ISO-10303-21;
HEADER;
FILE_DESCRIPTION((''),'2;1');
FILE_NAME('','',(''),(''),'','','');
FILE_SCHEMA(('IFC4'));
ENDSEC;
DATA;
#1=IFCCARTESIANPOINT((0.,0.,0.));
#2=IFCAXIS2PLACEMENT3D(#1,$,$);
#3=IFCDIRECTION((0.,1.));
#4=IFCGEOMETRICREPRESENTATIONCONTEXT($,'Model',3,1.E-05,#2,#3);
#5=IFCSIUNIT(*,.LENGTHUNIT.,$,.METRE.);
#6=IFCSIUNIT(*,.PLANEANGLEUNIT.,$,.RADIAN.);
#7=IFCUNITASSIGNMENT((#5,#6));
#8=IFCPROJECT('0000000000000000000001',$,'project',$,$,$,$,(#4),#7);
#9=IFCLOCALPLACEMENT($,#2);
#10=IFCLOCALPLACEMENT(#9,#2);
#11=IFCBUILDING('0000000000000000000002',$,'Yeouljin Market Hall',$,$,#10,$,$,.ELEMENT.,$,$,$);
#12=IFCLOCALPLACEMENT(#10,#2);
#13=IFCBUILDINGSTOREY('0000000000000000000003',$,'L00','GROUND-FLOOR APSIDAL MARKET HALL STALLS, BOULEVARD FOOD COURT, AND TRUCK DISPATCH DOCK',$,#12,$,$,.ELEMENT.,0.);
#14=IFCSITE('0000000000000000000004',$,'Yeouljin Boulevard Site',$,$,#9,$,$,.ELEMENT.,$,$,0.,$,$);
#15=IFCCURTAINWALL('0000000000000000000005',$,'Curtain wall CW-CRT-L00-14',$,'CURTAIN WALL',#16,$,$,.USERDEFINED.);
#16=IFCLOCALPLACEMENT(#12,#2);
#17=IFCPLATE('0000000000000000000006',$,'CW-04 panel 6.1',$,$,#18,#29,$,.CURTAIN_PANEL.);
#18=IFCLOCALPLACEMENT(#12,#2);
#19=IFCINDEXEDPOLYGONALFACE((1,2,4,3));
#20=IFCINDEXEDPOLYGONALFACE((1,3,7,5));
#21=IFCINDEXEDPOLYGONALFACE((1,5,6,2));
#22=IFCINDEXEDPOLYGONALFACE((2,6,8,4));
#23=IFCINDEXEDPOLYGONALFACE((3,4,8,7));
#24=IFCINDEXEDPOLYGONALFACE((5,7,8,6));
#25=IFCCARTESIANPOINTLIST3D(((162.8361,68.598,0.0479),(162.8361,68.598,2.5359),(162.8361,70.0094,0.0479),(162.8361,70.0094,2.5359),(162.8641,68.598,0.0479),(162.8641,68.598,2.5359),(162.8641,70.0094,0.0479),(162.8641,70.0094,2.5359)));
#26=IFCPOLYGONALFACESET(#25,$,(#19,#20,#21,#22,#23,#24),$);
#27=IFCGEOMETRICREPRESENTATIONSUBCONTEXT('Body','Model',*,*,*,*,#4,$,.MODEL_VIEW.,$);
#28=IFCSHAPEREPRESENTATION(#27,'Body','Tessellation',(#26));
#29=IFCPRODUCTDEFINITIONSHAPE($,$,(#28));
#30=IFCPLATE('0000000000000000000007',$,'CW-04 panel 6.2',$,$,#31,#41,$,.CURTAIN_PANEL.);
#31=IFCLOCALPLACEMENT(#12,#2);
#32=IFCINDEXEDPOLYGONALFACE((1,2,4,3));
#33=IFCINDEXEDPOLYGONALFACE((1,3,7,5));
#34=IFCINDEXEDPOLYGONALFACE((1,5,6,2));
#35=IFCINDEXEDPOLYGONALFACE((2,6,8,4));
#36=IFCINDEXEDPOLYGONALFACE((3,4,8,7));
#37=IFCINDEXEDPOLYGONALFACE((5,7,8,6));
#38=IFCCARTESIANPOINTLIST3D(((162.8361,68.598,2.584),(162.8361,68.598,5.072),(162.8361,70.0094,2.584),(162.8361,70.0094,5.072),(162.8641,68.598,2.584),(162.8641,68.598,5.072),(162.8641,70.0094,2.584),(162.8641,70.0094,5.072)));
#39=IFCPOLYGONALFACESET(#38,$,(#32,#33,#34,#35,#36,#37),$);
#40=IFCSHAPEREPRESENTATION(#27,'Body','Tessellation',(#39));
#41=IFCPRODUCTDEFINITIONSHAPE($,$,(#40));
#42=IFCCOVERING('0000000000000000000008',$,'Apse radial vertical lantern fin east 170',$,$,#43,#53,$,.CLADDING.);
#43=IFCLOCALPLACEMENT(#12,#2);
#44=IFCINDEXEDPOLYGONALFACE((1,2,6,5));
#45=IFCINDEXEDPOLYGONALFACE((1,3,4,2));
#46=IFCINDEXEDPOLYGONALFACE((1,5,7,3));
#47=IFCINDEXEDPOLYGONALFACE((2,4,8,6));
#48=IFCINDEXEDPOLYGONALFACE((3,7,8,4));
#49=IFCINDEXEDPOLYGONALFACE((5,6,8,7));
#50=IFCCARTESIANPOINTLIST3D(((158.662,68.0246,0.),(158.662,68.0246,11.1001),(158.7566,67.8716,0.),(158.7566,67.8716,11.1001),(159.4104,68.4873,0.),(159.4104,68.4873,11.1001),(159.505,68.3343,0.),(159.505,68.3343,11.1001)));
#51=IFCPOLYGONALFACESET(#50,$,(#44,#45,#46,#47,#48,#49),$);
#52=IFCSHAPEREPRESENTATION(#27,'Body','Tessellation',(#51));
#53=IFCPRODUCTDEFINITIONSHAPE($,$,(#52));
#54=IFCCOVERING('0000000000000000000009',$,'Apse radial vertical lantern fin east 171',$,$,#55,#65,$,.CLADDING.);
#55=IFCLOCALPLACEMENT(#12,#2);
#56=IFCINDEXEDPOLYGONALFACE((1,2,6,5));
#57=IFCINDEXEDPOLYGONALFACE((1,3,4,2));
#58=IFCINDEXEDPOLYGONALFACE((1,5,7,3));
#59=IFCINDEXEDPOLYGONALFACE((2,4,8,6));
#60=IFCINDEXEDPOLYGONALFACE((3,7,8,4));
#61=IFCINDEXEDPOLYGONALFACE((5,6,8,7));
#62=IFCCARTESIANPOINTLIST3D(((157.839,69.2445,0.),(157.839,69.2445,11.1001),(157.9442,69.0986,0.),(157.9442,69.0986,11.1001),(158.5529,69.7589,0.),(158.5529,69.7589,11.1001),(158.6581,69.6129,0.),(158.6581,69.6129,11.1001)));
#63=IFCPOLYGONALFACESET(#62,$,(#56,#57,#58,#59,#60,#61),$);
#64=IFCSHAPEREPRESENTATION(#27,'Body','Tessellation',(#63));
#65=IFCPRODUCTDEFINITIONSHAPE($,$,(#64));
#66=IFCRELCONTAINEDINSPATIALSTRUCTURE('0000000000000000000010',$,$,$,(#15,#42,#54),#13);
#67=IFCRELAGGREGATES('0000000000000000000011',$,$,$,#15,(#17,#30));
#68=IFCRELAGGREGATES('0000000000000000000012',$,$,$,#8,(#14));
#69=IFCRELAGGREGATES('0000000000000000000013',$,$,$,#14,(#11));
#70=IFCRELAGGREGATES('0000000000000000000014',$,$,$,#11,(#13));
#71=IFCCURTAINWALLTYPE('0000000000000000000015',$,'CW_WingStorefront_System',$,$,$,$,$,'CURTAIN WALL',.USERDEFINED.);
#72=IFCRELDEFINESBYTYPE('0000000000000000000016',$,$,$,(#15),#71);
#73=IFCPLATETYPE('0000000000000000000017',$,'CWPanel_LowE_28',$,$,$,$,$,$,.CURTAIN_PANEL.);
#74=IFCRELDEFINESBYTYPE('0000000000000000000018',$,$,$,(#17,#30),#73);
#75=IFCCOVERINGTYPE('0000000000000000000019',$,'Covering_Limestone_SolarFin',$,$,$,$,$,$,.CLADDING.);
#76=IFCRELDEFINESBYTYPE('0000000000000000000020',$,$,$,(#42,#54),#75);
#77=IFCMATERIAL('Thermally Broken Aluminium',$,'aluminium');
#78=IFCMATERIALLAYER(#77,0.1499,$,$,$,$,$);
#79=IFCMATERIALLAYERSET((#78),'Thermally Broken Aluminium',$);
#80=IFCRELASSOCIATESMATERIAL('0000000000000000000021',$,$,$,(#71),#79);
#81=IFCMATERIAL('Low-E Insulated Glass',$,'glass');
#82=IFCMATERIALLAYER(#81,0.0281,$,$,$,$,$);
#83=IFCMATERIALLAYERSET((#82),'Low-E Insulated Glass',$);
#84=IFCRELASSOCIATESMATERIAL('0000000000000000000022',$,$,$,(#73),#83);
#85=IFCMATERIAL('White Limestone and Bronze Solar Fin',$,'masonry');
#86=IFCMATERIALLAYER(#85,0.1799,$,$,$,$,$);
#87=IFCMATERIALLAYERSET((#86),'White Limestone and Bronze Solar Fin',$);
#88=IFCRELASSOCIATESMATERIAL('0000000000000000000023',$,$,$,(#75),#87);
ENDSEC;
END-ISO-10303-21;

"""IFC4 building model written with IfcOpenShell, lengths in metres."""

from ifc_helpers import new_model, si_unit, direction, frame, origin, origin_2d, place, context, subcontext, project, spatial, rectangle, extrude, material, layer, layer_set, type_object, element, aggregate, save


model = new_model("IFC4")

# Units and contexts
model_context = context("Model", 3, precision=1e-05, world=origin(), true_north=direction((0.0, 1.0)))
body_context = subcontext(model_context, "Body", "Model", "MODEL_VIEW")
ifc_project = project(units=[si_unit("LENGTHUNIT", "METRE"), si_unit("PLANEANGLEUNIT", "RADIAN")], contexts=[model_context])

# Site, building, storey
site_placement = place(None, origin())
site = spatial("IfcSite", under=ifc_project, at=site_placement, Name="Yeouljin Boulevard Site", CompositionType="ELEMENT", RefElevation=0.0)
building_placement = place(site_placement, origin())
building = spatial("IfcBuilding", under=site, at=building_placement, Name="Yeouljin Market Hall", CompositionType="ELEMENT")
storey_placement = place(building_placement, origin())
storey = spatial("IfcBuildingStorey", under=building, at=storey_placement, Name="L00", Description="GROUND-FLOOR APSIDAL MARKET HALL STALLS, BOULEVARD FOOD COURT, AND TRUCK DISPATCH DOCK", CompositionType="ELEMENT", Elevation=0.0)

# Curtain wall
ifc_material_1 = material(Name="Thermally Broken Aluminium", Category="aluminium")
ifc_layer_1 = layer(ifc_material_1, 0.1499)
ifc_layer_set_1 = layer_set([ifc_layer_1], Name="Thermally Broken Aluminium")
curtain_wall_type_1 = type_object("IfcCurtainWallType", Name="CW_WingStorefront_System", ElementType="CURTAIN WALL", PredefinedType="USERDEFINED", material=ifc_layer_set_1)
curtain_wall_1_placement = place(storey_placement, origin())
curtain_wall_1 = element("IfcCurtainWall", 1, at=curtain_wall_1_placement, inside=storey, type_object=curtain_wall_type_1, Name="Curtain wall CW-CRT-L00-14", ObjectType="CURTAIN WALL", PredefinedType="USERDEFINED")

# Plates
ifc_material_2 = material(Name="Low-E Insulated Glass", Category="glass")
ifc_layer_2 = layer(ifc_material_2, 0.0281)
ifc_layer_set_2 = layer_set([ifc_layer_2], Name="Low-E Insulated Glass")
plate_type_1 = type_object("IfcPlateType", Name="CWPanel_LowE_28", PredefinedType="CURTAIN_PANEL", material=ifc_layer_set_2)
plate_1_placement = place(storey_placement, frame((162.8501, 69.3037, 0.0479), z_axis=(0.0, 0.0, 1.0), x_axis=(0.0, -1.0, 0.0)))
plate_1 = element("IfcPlate", 2, at=plate_1_placement, type_object=plate_type_1, Name="CW-04 panel 6.1", PredefinedType="CURTAIN_PANEL", context=body_context, shape_type="SweptSolid", body=[
    extrude(rectangle(XDim=1.4114, YDim=0.0281, at=origin_2d()), origin(), (0.0, 0.0, 1.0), 2.488),
])
plate_2_placement = place(storey_placement, frame((162.8501, 69.3037, 2.584), z_axis=(0.0, 0.0, 1.0), x_axis=(0.0, -1.0, 0.0)))
plate_2 = element("IfcPlate", 3, at=plate_2_placement, type_object=plate_type_1, Name="CW-04 panel 6.2", PredefinedType="CURTAIN_PANEL", context=body_context, shape_type="SweptSolid", body=[
    extrude(rectangle(XDim=1.4114, YDim=0.0281, at=origin_2d()), origin(), (0.0, 0.0, 1.0), 2.488),
])
aggregate(curtain_wall_1, [plate_1, plate_2])

# Coverings
ifc_material_3 = material(Name="White Limestone and Bronze Solar Fin", Category="masonry")
ifc_layer_3 = layer(ifc_material_3, 0.1799)
ifc_layer_set_3 = layer_set([ifc_layer_3], Name="White Limestone and Bronze Solar Fin")
covering_type = type_object("IfcCoveringType", Name="Covering_Limestone_SolarFin", PredefinedType="CLADDING", material=ifc_layer_set_3)
for number, where, z_axis, x_axis, name in (
    (4, (159.0835, 68.1794, 0.0), (0.0, 0.0, 1.0), (0.850536, 0.525917, 0.0), "Apse radial vertical lantern fin east 170"),
    (5, (158.2485, 69.4287, 0.0), (0.0, 0.0, 1.0), (0.81137, 0.584533, 0.0), "Apse radial vertical lantern fin east 171"),
):
    element("IfcCovering", number, at=place(storey_placement, frame(where, z_axis=z_axis, x_axis=x_axis)), inside=storey, type_object=covering_type, Name=name, PredefinedType="CLADDING", context=body_context, shape_type="SweptSolid", body=[
        extrude(rectangle(XDim=0.8799, YDim=0.1799, at=origin_2d()), origin(), (0.0, 0.0, 1.0), 11.1001),
    ])

save(model, "model.ifc")
